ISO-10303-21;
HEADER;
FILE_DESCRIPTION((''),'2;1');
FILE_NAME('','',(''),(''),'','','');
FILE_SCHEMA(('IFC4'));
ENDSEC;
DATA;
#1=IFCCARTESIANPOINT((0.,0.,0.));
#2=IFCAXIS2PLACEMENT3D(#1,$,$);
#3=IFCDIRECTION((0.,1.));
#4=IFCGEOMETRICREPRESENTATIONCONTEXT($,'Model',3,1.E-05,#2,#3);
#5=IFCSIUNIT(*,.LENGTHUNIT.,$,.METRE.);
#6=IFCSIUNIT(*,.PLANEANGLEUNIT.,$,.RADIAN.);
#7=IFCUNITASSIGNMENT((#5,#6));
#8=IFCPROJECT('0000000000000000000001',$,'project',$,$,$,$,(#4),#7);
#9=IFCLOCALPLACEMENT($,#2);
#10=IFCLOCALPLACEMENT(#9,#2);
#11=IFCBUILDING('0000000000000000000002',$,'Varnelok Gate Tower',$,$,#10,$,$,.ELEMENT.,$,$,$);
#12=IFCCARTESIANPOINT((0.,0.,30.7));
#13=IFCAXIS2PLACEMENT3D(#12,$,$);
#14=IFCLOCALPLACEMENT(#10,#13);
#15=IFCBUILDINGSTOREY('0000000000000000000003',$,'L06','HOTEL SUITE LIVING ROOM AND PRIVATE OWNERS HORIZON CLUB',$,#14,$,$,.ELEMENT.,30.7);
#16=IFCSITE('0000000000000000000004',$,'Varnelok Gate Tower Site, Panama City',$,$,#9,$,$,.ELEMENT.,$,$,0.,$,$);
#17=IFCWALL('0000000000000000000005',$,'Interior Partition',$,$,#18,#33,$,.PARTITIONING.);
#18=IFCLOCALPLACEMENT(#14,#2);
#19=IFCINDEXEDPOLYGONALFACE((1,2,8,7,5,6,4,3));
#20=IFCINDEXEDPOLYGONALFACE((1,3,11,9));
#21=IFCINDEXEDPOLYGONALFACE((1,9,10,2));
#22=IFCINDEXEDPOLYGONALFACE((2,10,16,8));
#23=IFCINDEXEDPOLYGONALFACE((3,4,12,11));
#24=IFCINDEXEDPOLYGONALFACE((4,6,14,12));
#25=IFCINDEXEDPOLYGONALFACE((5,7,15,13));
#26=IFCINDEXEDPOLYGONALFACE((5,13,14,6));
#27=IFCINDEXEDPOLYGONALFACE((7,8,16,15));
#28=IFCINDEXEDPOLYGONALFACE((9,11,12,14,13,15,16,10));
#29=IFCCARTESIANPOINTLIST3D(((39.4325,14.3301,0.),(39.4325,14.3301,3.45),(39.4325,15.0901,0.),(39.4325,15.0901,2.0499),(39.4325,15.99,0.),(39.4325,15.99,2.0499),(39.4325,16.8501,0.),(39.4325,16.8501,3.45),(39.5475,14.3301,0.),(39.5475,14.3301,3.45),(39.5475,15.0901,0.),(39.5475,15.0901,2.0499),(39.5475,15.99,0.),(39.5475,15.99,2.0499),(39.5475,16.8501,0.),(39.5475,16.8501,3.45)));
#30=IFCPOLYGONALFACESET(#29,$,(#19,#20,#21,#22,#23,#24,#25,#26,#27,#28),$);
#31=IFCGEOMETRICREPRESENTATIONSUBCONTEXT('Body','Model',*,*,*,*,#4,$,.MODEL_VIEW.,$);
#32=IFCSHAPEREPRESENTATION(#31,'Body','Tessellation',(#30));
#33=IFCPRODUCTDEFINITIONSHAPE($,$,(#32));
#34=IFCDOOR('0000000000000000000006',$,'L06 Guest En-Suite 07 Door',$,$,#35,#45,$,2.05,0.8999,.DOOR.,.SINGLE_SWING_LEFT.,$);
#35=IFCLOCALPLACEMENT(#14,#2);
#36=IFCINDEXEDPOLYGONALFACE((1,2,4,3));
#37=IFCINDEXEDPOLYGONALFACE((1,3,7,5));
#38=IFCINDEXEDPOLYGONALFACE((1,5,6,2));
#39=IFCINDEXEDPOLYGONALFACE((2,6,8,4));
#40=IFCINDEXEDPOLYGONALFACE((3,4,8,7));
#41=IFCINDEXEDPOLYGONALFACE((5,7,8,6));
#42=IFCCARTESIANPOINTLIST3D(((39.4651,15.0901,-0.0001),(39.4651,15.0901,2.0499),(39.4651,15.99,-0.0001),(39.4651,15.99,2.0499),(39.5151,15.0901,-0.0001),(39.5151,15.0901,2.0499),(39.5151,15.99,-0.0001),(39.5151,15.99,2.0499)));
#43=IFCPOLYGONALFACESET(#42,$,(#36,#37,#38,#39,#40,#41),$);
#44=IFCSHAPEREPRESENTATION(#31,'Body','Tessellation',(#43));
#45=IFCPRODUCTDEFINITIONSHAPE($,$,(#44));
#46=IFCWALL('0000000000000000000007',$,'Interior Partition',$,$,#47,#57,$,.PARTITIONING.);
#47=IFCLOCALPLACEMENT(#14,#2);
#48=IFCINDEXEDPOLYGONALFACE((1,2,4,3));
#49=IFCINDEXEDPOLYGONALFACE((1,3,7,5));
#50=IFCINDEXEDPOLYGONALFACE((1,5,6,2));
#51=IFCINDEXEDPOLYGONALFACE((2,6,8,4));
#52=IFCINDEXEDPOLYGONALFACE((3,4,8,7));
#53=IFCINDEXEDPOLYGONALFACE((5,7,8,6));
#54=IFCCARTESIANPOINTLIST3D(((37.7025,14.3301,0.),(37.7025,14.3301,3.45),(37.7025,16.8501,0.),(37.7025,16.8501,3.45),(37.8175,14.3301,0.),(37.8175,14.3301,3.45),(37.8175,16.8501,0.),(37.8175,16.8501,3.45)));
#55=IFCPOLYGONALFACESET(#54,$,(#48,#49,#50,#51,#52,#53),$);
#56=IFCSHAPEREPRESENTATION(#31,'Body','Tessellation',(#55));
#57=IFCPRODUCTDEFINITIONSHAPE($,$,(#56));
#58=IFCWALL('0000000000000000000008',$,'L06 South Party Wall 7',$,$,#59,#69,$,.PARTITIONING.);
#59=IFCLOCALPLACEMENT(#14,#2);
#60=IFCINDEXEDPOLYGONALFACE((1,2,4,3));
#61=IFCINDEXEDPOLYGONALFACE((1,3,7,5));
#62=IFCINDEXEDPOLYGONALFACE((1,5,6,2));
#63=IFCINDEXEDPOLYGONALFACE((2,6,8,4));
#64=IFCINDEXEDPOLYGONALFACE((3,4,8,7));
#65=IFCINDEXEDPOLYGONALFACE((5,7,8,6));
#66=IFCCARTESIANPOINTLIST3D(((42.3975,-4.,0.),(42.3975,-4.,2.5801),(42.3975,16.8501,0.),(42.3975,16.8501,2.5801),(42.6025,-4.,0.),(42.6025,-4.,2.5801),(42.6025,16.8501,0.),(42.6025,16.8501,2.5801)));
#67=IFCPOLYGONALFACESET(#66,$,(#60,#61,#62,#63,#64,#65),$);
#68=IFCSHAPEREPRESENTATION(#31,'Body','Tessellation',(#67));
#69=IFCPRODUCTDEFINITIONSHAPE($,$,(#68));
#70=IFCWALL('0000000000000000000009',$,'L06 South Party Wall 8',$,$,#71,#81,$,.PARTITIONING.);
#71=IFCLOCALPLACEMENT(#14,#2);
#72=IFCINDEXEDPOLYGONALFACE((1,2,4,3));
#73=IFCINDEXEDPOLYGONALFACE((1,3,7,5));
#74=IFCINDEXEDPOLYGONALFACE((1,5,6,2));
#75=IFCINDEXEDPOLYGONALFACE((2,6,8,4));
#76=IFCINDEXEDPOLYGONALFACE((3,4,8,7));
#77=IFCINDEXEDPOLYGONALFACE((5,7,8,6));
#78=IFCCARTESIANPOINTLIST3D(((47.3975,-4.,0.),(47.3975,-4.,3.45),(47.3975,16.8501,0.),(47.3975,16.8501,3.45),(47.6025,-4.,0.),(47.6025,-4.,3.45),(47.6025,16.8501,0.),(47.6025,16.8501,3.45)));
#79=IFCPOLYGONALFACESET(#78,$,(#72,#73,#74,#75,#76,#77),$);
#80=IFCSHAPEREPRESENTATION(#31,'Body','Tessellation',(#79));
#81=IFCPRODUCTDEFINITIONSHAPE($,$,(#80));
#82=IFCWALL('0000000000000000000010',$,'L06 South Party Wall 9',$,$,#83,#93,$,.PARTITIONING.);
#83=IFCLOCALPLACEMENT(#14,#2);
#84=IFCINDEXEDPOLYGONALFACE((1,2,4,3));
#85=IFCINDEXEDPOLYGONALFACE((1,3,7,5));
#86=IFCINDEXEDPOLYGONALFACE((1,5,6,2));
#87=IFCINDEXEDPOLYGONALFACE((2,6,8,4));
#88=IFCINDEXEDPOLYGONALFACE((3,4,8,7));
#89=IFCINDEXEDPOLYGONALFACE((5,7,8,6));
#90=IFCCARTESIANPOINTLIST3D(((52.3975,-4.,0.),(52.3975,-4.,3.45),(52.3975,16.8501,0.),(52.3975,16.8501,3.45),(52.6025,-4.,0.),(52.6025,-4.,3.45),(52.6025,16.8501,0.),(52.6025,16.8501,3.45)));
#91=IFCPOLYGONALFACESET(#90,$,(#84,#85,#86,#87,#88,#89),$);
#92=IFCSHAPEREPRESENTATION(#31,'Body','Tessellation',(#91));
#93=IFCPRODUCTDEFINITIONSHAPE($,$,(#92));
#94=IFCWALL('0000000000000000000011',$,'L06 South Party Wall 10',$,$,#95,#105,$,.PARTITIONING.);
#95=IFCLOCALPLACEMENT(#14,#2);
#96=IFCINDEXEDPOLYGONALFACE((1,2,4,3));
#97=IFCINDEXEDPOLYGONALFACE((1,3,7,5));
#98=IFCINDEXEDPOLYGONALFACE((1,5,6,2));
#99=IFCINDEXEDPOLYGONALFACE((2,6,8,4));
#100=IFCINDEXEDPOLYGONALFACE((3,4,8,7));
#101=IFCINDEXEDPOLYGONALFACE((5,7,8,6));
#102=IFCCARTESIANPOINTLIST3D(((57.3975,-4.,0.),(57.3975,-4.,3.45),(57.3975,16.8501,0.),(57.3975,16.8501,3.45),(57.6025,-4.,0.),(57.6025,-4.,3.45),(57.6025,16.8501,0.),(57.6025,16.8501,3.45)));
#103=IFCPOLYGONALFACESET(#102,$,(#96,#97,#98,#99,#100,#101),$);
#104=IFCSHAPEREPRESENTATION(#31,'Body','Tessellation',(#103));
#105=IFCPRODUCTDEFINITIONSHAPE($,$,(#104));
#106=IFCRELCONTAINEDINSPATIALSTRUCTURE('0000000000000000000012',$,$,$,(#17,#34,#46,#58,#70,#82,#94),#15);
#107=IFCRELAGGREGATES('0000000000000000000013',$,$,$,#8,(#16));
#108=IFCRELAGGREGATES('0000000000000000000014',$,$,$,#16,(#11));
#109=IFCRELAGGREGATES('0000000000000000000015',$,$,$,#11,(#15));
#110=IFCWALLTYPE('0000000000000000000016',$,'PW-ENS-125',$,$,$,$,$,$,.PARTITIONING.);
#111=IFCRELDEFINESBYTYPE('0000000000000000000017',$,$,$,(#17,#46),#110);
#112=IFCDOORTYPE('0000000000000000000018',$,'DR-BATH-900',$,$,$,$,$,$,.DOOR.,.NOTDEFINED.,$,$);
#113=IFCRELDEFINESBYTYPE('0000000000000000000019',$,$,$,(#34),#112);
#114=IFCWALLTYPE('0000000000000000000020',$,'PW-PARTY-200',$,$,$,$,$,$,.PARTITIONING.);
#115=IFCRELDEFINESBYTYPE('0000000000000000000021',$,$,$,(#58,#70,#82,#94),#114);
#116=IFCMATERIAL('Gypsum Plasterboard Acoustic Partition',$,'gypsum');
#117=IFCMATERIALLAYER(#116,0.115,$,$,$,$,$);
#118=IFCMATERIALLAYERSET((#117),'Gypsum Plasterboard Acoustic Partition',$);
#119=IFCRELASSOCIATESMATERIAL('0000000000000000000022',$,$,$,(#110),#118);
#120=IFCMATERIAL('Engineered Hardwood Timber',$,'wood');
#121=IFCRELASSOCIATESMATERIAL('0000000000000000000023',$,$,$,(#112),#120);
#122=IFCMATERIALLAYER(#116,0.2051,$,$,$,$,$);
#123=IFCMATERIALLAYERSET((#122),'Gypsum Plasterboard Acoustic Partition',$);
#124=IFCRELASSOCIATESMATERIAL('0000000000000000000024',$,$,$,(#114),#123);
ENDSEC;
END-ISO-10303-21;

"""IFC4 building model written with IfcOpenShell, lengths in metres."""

from ifc_helpers import new_model, si_unit, direction, frame, frame_2d, origin, place, context, subcontext, project, spatial, rectangle, extrude, material, layer, layer_set, type_object, element, fill, save


model = new_model("IFC4")

# Units and contexts
model_context = context("Model", 3, precision=1e-05, world=origin(), true_north=direction((0.0, 1.0)))
body_context = subcontext(model_context, "Body", "Model", "MODEL_VIEW")
ifc_project = project(units=[si_unit("LENGTHUNIT", "METRE"), si_unit("PLANEANGLEUNIT", "RADIAN")], contexts=[model_context])

# Site, building, storey
site_placement = place(None, origin())
site = spatial("IfcSite", under=ifc_project, at=site_placement, Name="Varnelok Gate Tower Site, Panama City", CompositionType="ELEMENT", RefElevation=0.0)
building_placement = place(site_placement, origin())
building = spatial("IfcBuilding", under=site, at=building_placement, Name="Varnelok Gate Tower", CompositionType="ELEMENT")
storey_placement = place(building_placement, frame((0.0, 0.0, 30.7)))
storey = spatial("IfcBuildingStorey", under=building, at=storey_placement, Name="L06", Description="HOTEL SUITE LIVING ROOM AND PRIVATE OWNERS HORIZON CLUB", CompositionType="ELEMENT", Elevation=30.7)

# Shared definitions
ifc_material_1 = material(Name="Gypsum Plasterboard Acoustic Partition", Category="gypsum")
ifc_layer_1 = layer(ifc_material_1, 0.115)
ifc_layer_set_1 = layer_set([ifc_layer_1], Name="Gypsum Plasterboard Acoustic Partition")
wall_type_1 = type_object("IfcWallType", Name="PW-ENS-125", PredefinedType="PARTITIONING", material=ifc_layer_set_1)

# Wall, opening, door
wall_1_placement = place(storey_placement, frame((39.49, 14.3301, 0.0), z_axis=(0.0, 0.0, 1.0), x_axis=(0.0, 1.0, 0.0)))
wall_1 = element("IfcWall", 1, at=wall_1_placement, inside=storey, type_object=wall_type_1, Name="Interior Partition", PredefinedType="PARTITIONING", context=body_context, shape_type="SweptSolid", body=[
    extrude(rectangle(XDim=2.52, YDim=0.115, at=frame_2d((1.26, 0.0))), origin(), (0.0, 0.0, 1.0), 3.45),
])
opening_placement = place(wall_1_placement, frame((0.76, 0.0, 0.0)))
opening = element("IfcOpeningElement", 2, at=opening_placement, cuts=wall_1, PredefinedType="OPENING", context=body_context, shape_type="SweptSolid", body=[
    extrude(rectangle(XDim=0.8999, YDim=2.05, at=frame_2d((0.45, 1.0249))), frame((0.0, 0.0674, 0.0), z_axis=(0.0, -1.0, 0.0), x_axis=(1.0, 0.0, 0.0)), (0.0, 0.0, 1.0), 0.135),
])
ifc_material_2 = material(Name="Engineered Hardwood Timber", Category="wood")
door_type = type_object("IfcDoorType", Name="DR-BATH-900", OperationType="NOTDEFINED", PredefinedType="DOOR", material=ifc_material_2)
door_placement = place(opening_placement, origin())
door = element("IfcDoor", 3, at=door_placement, inside=storey, type_object=door_type, Name="L06 Guest En-Suite 07 Door", OperationType="SINGLE_SWING_LEFT", OverallHeight=2.05, OverallWidth=0.8999, PredefinedType="DOOR", context=body_context, shape_type="SweptSolid", body=[
    extrude(rectangle(XDim=0.8999, YDim=2.05, at=frame_2d((0.45, 1.0249))), frame((0.0, 0.0249, 0.0), z_axis=(0.0, -1.0, 0.0), x_axis=(1.0, 0.0, 0.0)), (0.0, 0.0, 1.0), 0.05),
])
fill(opening, door)

# Walls
wall_2_placement = place(storey_placement, frame((37.76, 14.3301, 0.0), z_axis=(0.0, 0.0, 1.0), x_axis=(0.0, 1.0, 0.0)))
element("IfcWall", 4, at=wall_2_placement, inside=storey, type_object=wall_type_1, Name="Interior Partition", PredefinedType="PARTITIONING", context=body_context, shape_type="SweptSolid", body=[
    extrude(rectangle(XDim=2.52, YDim=0.115, at=frame_2d((1.26, 0.0))), origin(), (0.0, 0.0, 1.0), 3.45),
])
ifc_layer_2 = layer(ifc_material_1, 0.2051)
ifc_layer_set_2 = layer_set([ifc_layer_2], Name="Gypsum Plasterboard Acoustic Partition")
wall_type_2 = type_object("IfcWallType", Name="PW-PARTY-200", PredefinedType="PARTITIONING", material=ifc_layer_set_2)
wall_3_placement = place(storey_placement, frame((42.5, -4.0, 0.0), z_axis=(0.0, 0.0, 1.0), x_axis=(0.0, 1.0, 0.0)))
element("IfcWall", 5, at=wall_3_placement, inside=storey, type_object=wall_type_2, Name="L06 South Party Wall 7", PredefinedType="PARTITIONING", context=body_context, shape_type="SweptSolid", body=[
    extrude(rectangle(XDim=20.8501, YDim=0.2051, at=frame_2d((10.425, 0.0))), origin(), (0.0, 0.0, 1.0), 2.5801),
])
for number, where, z_axis, x_axis, name in (
    (6, (47.5, -4.0, 0.0), (0.0, 0.0, 1.0), (0.0, 1.0, 0.0), "L06 South Party Wall 8"),
    (7, (52.5, -4.0, 0.0), (0.0, 0.0, 1.0), (0.0, 1.0, 0.0), "L06 South Party Wall 9"),
    (8, (57.5, -4.0, 0.0), (0.0, 0.0, 1.0), (0.0, 1.0, 0.0), "L06 South Party Wall 10"),
):
    element("IfcWall", number, at=place(storey_placement, frame(where, z_axis=z_axis, x_axis=x_axis)), inside=storey, type_object=wall_type_2, Name=name, PredefinedType="PARTITIONING", context=body_context, shape_type="SweptSolid", body=[
        extrude(rectangle(XDim=20.8501, YDim=0.2051, at=frame_2d((10.425, 0.0))), origin(), (0.0, 0.0, 1.0), 3.45),
    ])

save(model, "model.ifc")
